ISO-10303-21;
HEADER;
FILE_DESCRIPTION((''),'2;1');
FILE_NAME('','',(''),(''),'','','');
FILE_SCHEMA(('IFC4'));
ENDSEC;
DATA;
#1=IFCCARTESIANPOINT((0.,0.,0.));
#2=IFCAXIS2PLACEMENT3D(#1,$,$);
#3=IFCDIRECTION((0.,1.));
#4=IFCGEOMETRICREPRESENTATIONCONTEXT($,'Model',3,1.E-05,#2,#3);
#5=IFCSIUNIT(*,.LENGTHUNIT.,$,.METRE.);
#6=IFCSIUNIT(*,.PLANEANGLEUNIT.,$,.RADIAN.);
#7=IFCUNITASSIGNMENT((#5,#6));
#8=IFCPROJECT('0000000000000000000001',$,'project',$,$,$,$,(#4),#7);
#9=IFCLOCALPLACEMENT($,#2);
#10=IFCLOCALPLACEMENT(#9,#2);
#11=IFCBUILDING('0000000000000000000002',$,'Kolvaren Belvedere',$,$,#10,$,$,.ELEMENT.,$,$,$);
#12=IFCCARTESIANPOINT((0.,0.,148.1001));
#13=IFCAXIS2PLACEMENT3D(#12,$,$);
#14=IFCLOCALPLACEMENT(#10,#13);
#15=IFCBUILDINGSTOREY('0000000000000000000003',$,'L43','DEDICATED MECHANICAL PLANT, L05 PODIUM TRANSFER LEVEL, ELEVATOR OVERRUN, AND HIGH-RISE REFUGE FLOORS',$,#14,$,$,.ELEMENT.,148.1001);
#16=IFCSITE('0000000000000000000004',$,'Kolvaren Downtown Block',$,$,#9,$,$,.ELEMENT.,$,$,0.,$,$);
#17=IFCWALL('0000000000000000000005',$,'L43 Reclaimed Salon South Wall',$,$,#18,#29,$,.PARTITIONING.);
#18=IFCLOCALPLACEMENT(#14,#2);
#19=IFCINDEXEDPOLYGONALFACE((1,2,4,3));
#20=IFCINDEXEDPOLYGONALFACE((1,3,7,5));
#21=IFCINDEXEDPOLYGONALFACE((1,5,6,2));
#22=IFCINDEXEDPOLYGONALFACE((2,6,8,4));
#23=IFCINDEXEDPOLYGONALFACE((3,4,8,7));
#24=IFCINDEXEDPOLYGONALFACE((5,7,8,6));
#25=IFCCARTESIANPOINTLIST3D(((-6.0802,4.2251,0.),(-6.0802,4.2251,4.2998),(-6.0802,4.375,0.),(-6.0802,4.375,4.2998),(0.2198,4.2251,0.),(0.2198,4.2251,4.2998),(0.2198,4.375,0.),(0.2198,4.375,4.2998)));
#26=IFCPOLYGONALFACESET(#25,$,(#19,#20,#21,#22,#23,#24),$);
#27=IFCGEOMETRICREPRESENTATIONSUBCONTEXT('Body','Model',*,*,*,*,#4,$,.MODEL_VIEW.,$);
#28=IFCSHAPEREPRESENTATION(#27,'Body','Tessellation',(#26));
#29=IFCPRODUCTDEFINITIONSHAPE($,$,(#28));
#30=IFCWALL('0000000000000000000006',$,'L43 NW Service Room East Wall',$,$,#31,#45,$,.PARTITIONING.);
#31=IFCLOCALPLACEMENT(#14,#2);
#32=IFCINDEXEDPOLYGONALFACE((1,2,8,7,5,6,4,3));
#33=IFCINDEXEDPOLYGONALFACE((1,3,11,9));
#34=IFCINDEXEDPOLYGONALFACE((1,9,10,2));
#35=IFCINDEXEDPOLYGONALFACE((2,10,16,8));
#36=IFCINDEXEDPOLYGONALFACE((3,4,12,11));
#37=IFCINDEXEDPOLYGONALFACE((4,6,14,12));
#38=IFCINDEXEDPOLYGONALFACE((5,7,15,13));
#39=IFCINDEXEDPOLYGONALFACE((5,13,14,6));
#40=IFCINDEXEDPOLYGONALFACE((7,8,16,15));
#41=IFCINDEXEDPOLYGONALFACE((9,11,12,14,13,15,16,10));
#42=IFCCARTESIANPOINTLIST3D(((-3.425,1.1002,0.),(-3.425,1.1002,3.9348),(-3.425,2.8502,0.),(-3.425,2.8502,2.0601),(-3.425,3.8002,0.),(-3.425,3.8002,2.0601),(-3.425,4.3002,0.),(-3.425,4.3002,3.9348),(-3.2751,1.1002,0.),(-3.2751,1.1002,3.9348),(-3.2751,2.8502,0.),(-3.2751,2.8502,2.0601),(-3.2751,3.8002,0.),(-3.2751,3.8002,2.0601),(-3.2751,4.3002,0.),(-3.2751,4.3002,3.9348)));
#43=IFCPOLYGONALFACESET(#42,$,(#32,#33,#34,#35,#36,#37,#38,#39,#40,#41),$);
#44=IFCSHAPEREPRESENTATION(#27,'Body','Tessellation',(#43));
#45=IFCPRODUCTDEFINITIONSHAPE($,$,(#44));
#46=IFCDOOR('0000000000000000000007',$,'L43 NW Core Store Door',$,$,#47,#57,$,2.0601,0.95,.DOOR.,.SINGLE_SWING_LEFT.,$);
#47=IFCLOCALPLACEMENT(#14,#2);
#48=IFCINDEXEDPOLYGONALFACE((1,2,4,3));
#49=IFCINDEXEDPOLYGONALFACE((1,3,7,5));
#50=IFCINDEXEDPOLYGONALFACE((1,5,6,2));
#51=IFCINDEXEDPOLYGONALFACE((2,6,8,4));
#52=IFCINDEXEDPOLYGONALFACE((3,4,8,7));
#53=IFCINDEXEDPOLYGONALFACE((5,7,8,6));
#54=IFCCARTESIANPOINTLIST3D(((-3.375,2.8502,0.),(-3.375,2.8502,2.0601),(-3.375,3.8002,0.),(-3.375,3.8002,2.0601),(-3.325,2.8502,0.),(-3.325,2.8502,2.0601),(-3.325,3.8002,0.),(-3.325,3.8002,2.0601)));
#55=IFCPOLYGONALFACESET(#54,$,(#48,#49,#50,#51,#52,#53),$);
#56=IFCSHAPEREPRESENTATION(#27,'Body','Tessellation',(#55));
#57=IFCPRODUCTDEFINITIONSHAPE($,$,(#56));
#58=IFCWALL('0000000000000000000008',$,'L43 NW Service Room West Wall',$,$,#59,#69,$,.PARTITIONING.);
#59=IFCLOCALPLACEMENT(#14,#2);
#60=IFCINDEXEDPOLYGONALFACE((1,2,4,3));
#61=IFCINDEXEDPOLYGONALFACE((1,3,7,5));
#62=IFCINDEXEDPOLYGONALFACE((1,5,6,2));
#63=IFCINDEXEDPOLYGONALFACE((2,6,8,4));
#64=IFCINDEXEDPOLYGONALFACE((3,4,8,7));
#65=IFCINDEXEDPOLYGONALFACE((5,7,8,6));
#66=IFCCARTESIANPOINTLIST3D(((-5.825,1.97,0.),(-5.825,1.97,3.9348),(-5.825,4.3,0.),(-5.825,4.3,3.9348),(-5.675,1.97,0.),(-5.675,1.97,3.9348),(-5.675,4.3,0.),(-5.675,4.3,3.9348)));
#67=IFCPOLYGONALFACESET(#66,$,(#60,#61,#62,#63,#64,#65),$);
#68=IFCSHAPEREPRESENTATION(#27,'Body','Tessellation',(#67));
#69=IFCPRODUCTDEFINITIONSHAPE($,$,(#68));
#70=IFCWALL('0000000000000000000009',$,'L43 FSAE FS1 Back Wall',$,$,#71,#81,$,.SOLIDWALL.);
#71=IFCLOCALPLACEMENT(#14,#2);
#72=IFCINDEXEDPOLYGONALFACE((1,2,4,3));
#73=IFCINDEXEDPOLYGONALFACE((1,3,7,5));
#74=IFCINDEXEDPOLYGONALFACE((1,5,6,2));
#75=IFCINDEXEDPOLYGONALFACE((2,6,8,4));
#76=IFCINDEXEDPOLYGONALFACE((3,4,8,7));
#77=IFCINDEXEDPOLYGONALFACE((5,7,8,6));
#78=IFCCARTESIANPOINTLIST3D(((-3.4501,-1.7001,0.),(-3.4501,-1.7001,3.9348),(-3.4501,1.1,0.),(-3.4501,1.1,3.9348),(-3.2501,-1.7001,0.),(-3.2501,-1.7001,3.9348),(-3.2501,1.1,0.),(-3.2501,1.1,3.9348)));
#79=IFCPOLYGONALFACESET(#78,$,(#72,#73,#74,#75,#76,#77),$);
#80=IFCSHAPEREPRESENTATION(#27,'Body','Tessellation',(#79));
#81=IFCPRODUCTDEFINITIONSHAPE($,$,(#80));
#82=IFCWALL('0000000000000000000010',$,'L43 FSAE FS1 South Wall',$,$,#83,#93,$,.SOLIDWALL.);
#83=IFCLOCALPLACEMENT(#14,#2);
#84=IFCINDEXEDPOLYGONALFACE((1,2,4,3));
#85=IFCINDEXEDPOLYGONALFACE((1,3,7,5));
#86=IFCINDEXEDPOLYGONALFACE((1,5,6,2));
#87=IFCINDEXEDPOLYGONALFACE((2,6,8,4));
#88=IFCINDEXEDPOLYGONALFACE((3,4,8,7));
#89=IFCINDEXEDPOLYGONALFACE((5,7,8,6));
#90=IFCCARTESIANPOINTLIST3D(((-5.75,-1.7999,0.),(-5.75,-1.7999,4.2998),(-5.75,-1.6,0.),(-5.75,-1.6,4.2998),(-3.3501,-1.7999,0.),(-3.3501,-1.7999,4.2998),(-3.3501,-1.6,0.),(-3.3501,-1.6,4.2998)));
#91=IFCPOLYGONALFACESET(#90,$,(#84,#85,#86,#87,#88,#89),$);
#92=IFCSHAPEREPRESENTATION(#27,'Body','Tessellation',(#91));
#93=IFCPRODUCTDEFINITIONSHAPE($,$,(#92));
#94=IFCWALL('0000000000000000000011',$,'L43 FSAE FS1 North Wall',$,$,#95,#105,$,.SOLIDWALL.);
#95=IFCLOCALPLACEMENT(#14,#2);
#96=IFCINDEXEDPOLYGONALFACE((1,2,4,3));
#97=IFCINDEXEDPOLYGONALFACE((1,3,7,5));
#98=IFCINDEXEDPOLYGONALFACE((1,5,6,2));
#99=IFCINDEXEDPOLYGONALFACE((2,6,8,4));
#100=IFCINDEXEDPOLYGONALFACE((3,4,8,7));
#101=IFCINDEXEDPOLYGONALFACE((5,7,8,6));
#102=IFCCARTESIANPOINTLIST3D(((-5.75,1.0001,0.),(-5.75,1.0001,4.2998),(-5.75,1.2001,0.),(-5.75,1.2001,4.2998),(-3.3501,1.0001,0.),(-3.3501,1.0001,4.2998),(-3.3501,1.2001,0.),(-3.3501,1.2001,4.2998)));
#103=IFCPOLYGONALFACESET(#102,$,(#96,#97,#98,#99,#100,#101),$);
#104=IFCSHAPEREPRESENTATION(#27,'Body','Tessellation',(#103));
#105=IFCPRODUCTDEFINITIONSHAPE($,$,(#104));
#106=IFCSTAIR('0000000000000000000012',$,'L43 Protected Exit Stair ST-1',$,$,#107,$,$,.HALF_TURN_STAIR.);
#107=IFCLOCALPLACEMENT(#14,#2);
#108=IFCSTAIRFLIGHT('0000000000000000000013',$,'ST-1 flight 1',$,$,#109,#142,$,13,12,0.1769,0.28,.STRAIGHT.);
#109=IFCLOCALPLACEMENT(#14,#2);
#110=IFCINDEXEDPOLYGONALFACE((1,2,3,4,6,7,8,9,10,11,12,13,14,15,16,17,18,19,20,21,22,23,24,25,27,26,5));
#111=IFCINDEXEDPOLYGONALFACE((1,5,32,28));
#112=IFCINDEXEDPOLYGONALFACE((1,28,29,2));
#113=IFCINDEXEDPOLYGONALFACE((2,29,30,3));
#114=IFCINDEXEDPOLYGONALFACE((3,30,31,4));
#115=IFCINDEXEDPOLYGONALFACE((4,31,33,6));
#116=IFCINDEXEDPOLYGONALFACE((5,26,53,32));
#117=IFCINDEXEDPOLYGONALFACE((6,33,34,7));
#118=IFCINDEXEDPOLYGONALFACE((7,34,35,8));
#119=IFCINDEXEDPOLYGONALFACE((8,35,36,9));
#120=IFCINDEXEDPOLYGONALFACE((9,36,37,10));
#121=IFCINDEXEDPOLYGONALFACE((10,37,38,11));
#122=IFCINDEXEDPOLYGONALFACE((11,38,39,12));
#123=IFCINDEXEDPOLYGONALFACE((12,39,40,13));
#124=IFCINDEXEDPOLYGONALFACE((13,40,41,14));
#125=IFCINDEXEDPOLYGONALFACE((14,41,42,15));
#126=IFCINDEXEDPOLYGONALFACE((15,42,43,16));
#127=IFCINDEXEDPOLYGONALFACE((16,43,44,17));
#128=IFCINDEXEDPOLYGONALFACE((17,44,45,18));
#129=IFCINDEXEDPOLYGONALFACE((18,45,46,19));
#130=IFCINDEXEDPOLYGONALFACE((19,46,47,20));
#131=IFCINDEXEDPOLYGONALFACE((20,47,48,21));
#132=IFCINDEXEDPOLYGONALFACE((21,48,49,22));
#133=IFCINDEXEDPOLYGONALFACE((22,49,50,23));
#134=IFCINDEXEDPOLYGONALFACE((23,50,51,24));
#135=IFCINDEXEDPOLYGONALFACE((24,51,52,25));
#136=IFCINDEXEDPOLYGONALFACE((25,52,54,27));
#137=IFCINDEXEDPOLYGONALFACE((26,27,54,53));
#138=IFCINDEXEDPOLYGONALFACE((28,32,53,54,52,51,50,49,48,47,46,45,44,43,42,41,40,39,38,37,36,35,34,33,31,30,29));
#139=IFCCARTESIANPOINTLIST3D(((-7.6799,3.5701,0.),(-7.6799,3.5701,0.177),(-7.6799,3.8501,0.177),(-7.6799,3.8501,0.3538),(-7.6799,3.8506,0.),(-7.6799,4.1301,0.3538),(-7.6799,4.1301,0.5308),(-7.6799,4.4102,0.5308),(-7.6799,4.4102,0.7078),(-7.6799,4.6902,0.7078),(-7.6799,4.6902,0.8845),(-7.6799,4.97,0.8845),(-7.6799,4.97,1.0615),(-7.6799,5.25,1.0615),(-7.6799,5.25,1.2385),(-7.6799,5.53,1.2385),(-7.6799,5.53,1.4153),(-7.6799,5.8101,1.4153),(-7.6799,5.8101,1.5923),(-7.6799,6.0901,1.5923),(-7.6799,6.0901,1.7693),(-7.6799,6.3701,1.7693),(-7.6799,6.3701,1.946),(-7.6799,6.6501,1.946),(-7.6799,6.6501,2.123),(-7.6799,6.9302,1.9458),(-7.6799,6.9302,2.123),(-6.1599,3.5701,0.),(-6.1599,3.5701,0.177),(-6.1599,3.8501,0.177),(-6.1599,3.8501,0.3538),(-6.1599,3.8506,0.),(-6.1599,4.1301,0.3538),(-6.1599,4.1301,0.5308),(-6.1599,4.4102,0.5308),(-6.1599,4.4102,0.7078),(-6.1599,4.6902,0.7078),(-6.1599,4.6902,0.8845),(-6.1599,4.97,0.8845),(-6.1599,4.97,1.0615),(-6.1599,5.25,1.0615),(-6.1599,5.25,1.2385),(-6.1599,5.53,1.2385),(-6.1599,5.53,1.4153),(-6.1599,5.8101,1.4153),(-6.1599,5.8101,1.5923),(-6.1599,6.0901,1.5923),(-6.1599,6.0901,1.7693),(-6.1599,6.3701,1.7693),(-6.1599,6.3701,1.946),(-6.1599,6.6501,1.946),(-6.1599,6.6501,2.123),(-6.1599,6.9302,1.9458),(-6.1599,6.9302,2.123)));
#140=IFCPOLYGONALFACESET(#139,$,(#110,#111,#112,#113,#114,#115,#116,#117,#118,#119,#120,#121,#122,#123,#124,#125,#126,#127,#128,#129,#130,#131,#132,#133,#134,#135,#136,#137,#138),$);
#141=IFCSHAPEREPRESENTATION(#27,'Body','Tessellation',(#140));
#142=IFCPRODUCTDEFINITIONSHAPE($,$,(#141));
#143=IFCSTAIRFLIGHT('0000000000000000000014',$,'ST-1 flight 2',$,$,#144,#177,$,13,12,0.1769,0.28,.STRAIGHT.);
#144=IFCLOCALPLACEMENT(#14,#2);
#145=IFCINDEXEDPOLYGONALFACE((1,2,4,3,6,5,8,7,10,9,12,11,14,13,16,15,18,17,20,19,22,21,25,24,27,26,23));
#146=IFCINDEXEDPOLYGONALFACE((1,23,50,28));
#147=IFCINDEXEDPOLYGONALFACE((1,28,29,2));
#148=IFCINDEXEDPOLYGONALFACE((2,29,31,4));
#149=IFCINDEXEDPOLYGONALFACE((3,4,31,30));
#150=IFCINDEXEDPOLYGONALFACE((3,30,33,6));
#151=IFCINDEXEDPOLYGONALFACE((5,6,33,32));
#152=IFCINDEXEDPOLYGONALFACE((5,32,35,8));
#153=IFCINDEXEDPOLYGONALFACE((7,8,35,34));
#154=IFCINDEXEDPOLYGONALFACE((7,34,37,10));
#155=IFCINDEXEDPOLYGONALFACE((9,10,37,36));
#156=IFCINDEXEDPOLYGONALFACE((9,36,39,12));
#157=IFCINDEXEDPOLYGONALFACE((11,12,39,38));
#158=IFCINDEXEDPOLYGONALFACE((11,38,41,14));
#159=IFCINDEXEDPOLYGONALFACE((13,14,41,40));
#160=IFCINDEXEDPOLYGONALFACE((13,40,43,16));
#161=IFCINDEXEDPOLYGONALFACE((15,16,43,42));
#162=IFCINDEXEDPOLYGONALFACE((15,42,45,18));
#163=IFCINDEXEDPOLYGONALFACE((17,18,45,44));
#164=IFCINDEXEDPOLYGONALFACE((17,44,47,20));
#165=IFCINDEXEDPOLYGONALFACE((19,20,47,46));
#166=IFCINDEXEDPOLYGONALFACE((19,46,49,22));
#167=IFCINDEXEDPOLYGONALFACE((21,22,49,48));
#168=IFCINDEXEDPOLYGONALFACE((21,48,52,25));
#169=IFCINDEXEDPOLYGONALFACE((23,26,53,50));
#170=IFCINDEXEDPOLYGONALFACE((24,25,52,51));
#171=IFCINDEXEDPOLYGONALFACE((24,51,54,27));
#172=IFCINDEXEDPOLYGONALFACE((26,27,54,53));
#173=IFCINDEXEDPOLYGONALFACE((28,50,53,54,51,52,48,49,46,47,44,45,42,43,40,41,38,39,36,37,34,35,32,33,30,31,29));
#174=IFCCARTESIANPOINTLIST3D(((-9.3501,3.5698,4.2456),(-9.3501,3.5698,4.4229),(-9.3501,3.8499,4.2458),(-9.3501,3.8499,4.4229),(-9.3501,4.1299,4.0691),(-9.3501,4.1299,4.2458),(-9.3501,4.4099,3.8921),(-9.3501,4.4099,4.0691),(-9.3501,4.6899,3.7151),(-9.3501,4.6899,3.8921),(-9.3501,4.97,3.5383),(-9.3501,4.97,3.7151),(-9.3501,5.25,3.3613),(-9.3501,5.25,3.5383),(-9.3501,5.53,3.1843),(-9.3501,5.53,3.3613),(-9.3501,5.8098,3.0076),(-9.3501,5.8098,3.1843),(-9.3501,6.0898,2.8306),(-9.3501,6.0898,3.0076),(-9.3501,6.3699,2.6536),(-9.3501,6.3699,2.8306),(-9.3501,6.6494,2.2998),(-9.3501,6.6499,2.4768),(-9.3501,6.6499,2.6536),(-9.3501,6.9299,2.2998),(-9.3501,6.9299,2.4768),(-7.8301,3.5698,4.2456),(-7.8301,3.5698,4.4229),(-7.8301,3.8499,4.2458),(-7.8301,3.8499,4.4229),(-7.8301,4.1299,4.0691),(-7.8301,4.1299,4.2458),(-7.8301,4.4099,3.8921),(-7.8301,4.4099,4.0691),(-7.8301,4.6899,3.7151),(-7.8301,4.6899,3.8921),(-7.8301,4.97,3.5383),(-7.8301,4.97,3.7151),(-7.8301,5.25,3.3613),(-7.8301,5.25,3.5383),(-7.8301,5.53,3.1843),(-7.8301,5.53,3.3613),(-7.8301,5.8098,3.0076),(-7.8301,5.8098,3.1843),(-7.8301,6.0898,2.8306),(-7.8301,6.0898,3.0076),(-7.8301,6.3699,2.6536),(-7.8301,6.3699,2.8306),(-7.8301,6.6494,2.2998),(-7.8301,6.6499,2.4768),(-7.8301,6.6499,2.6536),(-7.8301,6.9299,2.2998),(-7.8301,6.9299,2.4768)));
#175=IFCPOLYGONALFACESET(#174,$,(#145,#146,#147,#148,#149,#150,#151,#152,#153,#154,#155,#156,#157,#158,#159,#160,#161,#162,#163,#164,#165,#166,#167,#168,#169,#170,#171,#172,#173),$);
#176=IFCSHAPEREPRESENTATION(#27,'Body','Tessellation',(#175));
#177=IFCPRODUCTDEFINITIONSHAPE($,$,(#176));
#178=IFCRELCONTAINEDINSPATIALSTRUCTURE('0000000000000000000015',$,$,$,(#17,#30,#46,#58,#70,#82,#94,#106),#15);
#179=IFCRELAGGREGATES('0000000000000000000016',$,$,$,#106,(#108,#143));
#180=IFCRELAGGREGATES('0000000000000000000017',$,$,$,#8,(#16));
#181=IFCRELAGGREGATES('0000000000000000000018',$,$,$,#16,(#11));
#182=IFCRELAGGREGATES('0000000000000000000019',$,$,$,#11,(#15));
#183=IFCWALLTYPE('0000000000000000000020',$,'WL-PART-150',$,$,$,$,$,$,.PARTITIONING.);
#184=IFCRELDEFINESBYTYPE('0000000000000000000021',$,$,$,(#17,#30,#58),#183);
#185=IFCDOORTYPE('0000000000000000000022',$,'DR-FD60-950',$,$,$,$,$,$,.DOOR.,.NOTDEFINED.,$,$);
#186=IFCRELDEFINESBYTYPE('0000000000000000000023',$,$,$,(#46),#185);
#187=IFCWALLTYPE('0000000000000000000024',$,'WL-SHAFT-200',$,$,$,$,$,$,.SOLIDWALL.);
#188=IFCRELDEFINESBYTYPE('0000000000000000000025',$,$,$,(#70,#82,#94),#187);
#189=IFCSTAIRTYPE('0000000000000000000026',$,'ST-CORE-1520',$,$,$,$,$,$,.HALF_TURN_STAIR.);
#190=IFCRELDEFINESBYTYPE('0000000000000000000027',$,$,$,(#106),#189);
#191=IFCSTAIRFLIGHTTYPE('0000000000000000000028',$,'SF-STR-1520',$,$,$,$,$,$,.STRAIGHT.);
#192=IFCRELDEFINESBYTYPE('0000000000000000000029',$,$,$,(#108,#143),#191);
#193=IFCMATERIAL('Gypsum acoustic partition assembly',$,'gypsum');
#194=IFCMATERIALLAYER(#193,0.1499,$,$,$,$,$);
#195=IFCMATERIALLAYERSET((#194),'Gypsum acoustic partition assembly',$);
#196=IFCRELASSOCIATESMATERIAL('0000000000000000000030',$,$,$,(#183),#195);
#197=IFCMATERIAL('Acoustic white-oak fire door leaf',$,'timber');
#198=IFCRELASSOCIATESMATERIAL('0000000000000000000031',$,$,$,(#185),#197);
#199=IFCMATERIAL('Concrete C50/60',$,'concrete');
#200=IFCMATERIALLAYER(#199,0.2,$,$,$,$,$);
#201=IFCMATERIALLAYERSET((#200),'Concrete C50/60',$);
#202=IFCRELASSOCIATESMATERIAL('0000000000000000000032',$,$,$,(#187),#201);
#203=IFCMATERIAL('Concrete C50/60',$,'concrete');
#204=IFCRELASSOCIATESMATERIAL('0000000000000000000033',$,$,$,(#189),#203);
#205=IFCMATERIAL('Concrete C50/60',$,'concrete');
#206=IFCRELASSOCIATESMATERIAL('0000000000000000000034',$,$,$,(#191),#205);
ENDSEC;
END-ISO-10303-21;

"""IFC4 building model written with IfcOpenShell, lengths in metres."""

from ifc_helpers import new_model, si_unit, direction, frame, frame_2d, origin, place, context, subcontext, project, spatial, polyline, rectangle, outline, extrude, material, layer, layer_set, type_object, element, fill, aggregate, save


model = new_model("IFC4")

# Units and contexts
model_context = context("Model", 3, precision=1e-05, world=origin(), true_north=direction((0.0, 1.0)))
body_context = subcontext(model_context, "Body", "Model", "MODEL_VIEW")
ifc_project = project(units=[si_unit("LENGTHUNIT", "METRE"), si_unit("PLANEANGLEUNIT", "RADIAN")], contexts=[model_context])

# Site, building, storey
site_placement = place(None, origin())
site = spatial("IfcSite", under=ifc_project, at=site_placement, Name="Kolvaren Downtown Block", CompositionType="ELEMENT", RefElevation=0.0)
building_placement = place(site_placement, origin())
building = spatial("IfcBuilding", under=site, at=building_placement, Name="Kolvaren Belvedere", CompositionType="ELEMENT")
storey_placement = place(building_placement, frame((0.0, 0.0, 148.1001)))
storey = spatial("IfcBuildingStorey", under=building, at=storey_placement, Name="L43", Description="DEDICATED MECHANICAL PLANT, L05 PODIUM TRANSFER LEVEL, ELEVATOR OVERRUN, AND HIGH-RISE REFUGE FLOORS", CompositionType="ELEMENT", Elevation=148.1001)

# Wall
ifc_material_1 = material(Name="Gypsum acoustic partition assembly", Category="gypsum")
ifc_layer_1 = layer(ifc_material_1, 0.1499)
ifc_layer_set_1 = layer_set([ifc_layer_1], Name="Gypsum acoustic partition assembly")
wall_type_1 = type_object("IfcWallType", Name="WL-PART-150", PredefinedType="PARTITIONING", material=ifc_layer_set_1)
wall_1_placement = place(storey_placement, frame((-6.0801, 4.3, 0.0), z_axis=(0.0, 0.0, 1.0), x_axis=(1.0, 0.0, 0.0)))
element("IfcWall", 1, at=wall_1_placement, inside=storey, type_object=wall_type_1, Name="L43 Reclaimed Salon South Wall", PredefinedType="PARTITIONING", context=body_context, shape_type="SweptSolid", body=[
    extrude(rectangle(XDim=6.3, YDim=0.1499, at=frame_2d((3.1499, 0.0))), origin(), (0.0, 0.0, 1.0), 4.2998),
])

# Wall, opening, door
wall_2_placement = place(storey_placement, frame((-3.3501, 1.1001, 0.0), z_axis=(0.0, 0.0, 1.0), x_axis=(0.0, 1.0, 0.0)))
wall_2 = element("IfcWall", 2, at=wall_2_placement, inside=storey, type_object=wall_type_1, Name="L43 NW Service Room East Wall", PredefinedType="PARTITIONING", context=body_context, shape_type="SweptSolid", body=[
    extrude(rectangle(XDim=3.2, YDim=0.1499, at=frame_2d((1.6001, 0.0))), origin(), (0.0, 0.0, 1.0), 3.9348),
])
opening_1_placement = place(wall_2_placement, frame((1.75, 0.0, 0.0)))
opening_1 = element("IfcOpeningElement", 3, at=opening_1_placement, cuts=wall_2, PredefinedType="OPENING", context=body_context, shape_type="SweptSolid", body=[
    extrude(rectangle(XDim=0.95, YDim=2.0601, at=frame_2d((0.4751, 1.03))), frame((0.0, 0.085, 0.0), z_axis=(0.0, -1.0, 0.0), x_axis=(1.0, 0.0, 0.0)), (0.0, 0.0, 1.0), 0.1699),
])
ifc_material_2 = material(Name="Acoustic white-oak fire door leaf", Category="timber")
door_type_1 = type_object("IfcDoorType", Name="DR-FD60-950", OperationType="NOTDEFINED", PredefinedType="DOOR", material=ifc_material_2)
door_1_placement = place(opening_1_placement, origin())
door_1 = element("IfcDoor", 4, at=door_1_placement, inside=storey, type_object=door_type_1, Name="L43 NW Core Store Door", OperationType="SINGLE_SWING_LEFT", OverallHeight=2.0601, OverallWidth=0.95, PredefinedType="DOOR", context=body_context, shape_type="SweptSolid", body=[
    extrude(rectangle(XDim=0.95, YDim=2.0601, at=frame_2d((0.4751, 1.03))), frame((0.0, 0.0249, 0.0), z_axis=(0.0, -1.0, 0.0), x_axis=(1.0, 0.0, 0.0)), (0.0, 0.0, 1.0), 0.05),
])
fill(opening_1, door_1)

# Walls
wall_3_placement = place(storey_placement, frame((-5.75, 1.97, 0.0), z_axis=(0.0, 0.0, 1.0), x_axis=(0.0, 1.0, 0.0)))
element("IfcWall", 5, at=wall_3_placement, inside=storey, type_object=wall_type_1, Name="L43 NW Service Room West Wall", PredefinedType="PARTITIONING", context=body_context, shape_type="SweptSolid", body=[
    extrude(rectangle(XDim=2.3301, YDim=0.1499, at=frame_2d((1.165, 0.0))), origin(), (0.0, 0.0, 1.0), 3.9348),
])
ifc_material_3 = material(Name="Concrete C50/60", Category="concrete")
ifc_layer_2 = layer(ifc_material_3, 0.2)
ifc_layer_set_2 = layer_set([ifc_layer_2], Name="Concrete C50/60")
wall_type_2 = type_object("IfcWallType", Name="WL-SHAFT-200", PredefinedType="SOLIDWALL", material=ifc_layer_set_2)
wall_4_placement = place(storey_placement, frame((-3.3501, -1.7, 0.0), z_axis=(0.0, 0.0, 1.0), x_axis=(0.0, 1.0, 0.0)))
element("IfcWall", 6, at=wall_4_placement, inside=storey, type_object=wall_type_2, Name="L43 FSAE FS1 Back Wall", PredefinedType="SOLIDWALL", context=body_context, shape_type="SweptSolid", body=[
    extrude(rectangle(XDim=2.8, YDim=0.2, at=frame_2d((1.3999, 0.0))), origin(), (0.0, 0.0, 1.0), 3.9348),
])
for number, where, z_axis, x_axis, name in (
    (7, (-5.75, -1.7, 0.0), (0.0, 0.0, 1.0), (1.0, 0.0, 0.0), "L43 FSAE FS1 South Wall"),
    (8, (-5.75, 1.1001, 0.0), (0.0, 0.0, 1.0), (1.0, 0.0, 0.0), "L43 FSAE FS1 North Wall"),
):
    element("IfcWall", number, at=place(storey_placement, frame(where, z_axis=z_axis, x_axis=x_axis)), inside=storey, type_object=wall_type_2, Name=name, PredefinedType="SOLIDWALL", context=body_context, shape_type="SweptSolid", body=[
        extrude(rectangle(XDim=2.3999, YDim=0.2, at=frame_2d((1.2, 0.0))), origin(), (0.0, 0.0, 1.0), 4.2998),
    ])

# Stair, stair flights
ifc_material_4 = material(Name="Concrete C50/60", Category="concrete")
stair_type = type_object("IfcStairType", Name="ST-CORE-1520", PredefinedType="HALF_TURN_STAIR", material=ifc_material_4)
stair_placement = place(storey_placement, origin())
stair = element("IfcStair", 9, at=stair_placement, inside=storey, type_object=stair_type, Name="L43 Protected Exit Stair ST-1", PredefinedType="HALF_TURN_STAIR")
ifc_material_5 = material(Name="Concrete C50/60", Category="concrete")
stair_flight_type = type_object("IfcStairFlightType", Name="SF-STR-1520", PredefinedType="STRAIGHT", material=ifc_material_5)
stair_flight_1_placement = place(storey_placement, frame((-6.9199, 3.5701, 0.0), z_axis=(0.0, 0.0, 1.0), x_axis=(0.0, 1.0, 0.0)))
stair_flight_1 = element("IfcStairFlight", 10, at=stair_flight_1_placement, type_object=stair_flight_type, Name="ST-1 flight 1", NumberOfRisers=13, NumberOfTreads=12, PredefinedType="STRAIGHT", RiserHeight=0.1769, TreadLength=0.28, context=body_context, shape_type="SweptSolid", body=[
    extrude(outline(polyline([(0.0, 0.0), (0.0, 0.177), (0.28, 0.177), (0.28, 0.3538), (0.5601, 0.3538), (0.5601, 0.5308), (0.8401, 0.5308), (0.8401, 0.7078), (1.1201, 0.7078), (1.1201, 0.8845), (1.3999, 0.8845), (1.3999, 1.0615), (1.6799, 1.0615), (1.6799, 1.2385), (1.96, 1.2385), (1.96, 1.4153), (2.24, 1.4153), (2.24, 1.5923), (2.52, 1.5923), (2.52, 1.7693), (2.8, 1.7693), (2.8, 1.946), (3.0801, 1.946), (3.0801, 2.123), (3.3601, 2.123), (3.3601, 2.3), (3.3601, 1.9458), (0.2805, 0.0), (0.0, 0.0)])), frame((0.0, 0.76, 0.0), z_axis=(0.0, -1.0, 0.0), x_axis=(1.0, 0.0, 0.0)), (0.0, 0.0, 1.0), 1.52),
])
stair_flight_2_placement = place(storey_placement, frame((-8.5901, 6.9299, 2.2998), z_axis=(0.0, 0.0, 1.0), x_axis=(0.0, -1.0, 0.0)))
stair_flight_2 = element("IfcStairFlight", 11, at=stair_flight_2_placement, type_object=stair_flight_type, Name="ST-1 flight 2", NumberOfRisers=13, NumberOfTreads=12, PredefinedType="STRAIGHT", RiserHeight=0.1769, TreadLength=0.28, context=body_context, shape_type="SweptSolid", body=[
    extrude(outline(polyline([(0.0, 0.0), (0.0, 0.177), (0.28, 0.177), (0.28, 0.3538), (0.5601, 0.3538), (0.5601, 0.5308), (0.8401, 0.5308), (0.8401, 0.7078), (1.1201, 0.7078), (1.1201, 0.8845), (1.3999, 0.8845), (1.3999, 1.0615), (1.6799, 1.0615), (1.6799, 1.2385), (1.96, 1.2385), (1.96, 1.4153), (2.24, 1.4153), (2.24, 1.5923), (2.52, 1.5923), (2.52, 1.7693), (2.8, 1.7693), (2.8, 1.946), (3.0801, 1.946), (3.0801, 2.123), (3.3601, 2.123), (3.3601, 2.3), (3.3601, 1.9458), (0.2805, 0.0), (0.0, 0.0)])), frame((0.0, 0.76, 0.0), z_axis=(0.0, -1.0, 0.0), x_axis=(1.0, 0.0, 0.0)), (0.0, 0.0, 1.0), 1.52),
])
aggregate(stair, [stair_flight_1, stair_flight_2])

save(model, "model.ifc")
